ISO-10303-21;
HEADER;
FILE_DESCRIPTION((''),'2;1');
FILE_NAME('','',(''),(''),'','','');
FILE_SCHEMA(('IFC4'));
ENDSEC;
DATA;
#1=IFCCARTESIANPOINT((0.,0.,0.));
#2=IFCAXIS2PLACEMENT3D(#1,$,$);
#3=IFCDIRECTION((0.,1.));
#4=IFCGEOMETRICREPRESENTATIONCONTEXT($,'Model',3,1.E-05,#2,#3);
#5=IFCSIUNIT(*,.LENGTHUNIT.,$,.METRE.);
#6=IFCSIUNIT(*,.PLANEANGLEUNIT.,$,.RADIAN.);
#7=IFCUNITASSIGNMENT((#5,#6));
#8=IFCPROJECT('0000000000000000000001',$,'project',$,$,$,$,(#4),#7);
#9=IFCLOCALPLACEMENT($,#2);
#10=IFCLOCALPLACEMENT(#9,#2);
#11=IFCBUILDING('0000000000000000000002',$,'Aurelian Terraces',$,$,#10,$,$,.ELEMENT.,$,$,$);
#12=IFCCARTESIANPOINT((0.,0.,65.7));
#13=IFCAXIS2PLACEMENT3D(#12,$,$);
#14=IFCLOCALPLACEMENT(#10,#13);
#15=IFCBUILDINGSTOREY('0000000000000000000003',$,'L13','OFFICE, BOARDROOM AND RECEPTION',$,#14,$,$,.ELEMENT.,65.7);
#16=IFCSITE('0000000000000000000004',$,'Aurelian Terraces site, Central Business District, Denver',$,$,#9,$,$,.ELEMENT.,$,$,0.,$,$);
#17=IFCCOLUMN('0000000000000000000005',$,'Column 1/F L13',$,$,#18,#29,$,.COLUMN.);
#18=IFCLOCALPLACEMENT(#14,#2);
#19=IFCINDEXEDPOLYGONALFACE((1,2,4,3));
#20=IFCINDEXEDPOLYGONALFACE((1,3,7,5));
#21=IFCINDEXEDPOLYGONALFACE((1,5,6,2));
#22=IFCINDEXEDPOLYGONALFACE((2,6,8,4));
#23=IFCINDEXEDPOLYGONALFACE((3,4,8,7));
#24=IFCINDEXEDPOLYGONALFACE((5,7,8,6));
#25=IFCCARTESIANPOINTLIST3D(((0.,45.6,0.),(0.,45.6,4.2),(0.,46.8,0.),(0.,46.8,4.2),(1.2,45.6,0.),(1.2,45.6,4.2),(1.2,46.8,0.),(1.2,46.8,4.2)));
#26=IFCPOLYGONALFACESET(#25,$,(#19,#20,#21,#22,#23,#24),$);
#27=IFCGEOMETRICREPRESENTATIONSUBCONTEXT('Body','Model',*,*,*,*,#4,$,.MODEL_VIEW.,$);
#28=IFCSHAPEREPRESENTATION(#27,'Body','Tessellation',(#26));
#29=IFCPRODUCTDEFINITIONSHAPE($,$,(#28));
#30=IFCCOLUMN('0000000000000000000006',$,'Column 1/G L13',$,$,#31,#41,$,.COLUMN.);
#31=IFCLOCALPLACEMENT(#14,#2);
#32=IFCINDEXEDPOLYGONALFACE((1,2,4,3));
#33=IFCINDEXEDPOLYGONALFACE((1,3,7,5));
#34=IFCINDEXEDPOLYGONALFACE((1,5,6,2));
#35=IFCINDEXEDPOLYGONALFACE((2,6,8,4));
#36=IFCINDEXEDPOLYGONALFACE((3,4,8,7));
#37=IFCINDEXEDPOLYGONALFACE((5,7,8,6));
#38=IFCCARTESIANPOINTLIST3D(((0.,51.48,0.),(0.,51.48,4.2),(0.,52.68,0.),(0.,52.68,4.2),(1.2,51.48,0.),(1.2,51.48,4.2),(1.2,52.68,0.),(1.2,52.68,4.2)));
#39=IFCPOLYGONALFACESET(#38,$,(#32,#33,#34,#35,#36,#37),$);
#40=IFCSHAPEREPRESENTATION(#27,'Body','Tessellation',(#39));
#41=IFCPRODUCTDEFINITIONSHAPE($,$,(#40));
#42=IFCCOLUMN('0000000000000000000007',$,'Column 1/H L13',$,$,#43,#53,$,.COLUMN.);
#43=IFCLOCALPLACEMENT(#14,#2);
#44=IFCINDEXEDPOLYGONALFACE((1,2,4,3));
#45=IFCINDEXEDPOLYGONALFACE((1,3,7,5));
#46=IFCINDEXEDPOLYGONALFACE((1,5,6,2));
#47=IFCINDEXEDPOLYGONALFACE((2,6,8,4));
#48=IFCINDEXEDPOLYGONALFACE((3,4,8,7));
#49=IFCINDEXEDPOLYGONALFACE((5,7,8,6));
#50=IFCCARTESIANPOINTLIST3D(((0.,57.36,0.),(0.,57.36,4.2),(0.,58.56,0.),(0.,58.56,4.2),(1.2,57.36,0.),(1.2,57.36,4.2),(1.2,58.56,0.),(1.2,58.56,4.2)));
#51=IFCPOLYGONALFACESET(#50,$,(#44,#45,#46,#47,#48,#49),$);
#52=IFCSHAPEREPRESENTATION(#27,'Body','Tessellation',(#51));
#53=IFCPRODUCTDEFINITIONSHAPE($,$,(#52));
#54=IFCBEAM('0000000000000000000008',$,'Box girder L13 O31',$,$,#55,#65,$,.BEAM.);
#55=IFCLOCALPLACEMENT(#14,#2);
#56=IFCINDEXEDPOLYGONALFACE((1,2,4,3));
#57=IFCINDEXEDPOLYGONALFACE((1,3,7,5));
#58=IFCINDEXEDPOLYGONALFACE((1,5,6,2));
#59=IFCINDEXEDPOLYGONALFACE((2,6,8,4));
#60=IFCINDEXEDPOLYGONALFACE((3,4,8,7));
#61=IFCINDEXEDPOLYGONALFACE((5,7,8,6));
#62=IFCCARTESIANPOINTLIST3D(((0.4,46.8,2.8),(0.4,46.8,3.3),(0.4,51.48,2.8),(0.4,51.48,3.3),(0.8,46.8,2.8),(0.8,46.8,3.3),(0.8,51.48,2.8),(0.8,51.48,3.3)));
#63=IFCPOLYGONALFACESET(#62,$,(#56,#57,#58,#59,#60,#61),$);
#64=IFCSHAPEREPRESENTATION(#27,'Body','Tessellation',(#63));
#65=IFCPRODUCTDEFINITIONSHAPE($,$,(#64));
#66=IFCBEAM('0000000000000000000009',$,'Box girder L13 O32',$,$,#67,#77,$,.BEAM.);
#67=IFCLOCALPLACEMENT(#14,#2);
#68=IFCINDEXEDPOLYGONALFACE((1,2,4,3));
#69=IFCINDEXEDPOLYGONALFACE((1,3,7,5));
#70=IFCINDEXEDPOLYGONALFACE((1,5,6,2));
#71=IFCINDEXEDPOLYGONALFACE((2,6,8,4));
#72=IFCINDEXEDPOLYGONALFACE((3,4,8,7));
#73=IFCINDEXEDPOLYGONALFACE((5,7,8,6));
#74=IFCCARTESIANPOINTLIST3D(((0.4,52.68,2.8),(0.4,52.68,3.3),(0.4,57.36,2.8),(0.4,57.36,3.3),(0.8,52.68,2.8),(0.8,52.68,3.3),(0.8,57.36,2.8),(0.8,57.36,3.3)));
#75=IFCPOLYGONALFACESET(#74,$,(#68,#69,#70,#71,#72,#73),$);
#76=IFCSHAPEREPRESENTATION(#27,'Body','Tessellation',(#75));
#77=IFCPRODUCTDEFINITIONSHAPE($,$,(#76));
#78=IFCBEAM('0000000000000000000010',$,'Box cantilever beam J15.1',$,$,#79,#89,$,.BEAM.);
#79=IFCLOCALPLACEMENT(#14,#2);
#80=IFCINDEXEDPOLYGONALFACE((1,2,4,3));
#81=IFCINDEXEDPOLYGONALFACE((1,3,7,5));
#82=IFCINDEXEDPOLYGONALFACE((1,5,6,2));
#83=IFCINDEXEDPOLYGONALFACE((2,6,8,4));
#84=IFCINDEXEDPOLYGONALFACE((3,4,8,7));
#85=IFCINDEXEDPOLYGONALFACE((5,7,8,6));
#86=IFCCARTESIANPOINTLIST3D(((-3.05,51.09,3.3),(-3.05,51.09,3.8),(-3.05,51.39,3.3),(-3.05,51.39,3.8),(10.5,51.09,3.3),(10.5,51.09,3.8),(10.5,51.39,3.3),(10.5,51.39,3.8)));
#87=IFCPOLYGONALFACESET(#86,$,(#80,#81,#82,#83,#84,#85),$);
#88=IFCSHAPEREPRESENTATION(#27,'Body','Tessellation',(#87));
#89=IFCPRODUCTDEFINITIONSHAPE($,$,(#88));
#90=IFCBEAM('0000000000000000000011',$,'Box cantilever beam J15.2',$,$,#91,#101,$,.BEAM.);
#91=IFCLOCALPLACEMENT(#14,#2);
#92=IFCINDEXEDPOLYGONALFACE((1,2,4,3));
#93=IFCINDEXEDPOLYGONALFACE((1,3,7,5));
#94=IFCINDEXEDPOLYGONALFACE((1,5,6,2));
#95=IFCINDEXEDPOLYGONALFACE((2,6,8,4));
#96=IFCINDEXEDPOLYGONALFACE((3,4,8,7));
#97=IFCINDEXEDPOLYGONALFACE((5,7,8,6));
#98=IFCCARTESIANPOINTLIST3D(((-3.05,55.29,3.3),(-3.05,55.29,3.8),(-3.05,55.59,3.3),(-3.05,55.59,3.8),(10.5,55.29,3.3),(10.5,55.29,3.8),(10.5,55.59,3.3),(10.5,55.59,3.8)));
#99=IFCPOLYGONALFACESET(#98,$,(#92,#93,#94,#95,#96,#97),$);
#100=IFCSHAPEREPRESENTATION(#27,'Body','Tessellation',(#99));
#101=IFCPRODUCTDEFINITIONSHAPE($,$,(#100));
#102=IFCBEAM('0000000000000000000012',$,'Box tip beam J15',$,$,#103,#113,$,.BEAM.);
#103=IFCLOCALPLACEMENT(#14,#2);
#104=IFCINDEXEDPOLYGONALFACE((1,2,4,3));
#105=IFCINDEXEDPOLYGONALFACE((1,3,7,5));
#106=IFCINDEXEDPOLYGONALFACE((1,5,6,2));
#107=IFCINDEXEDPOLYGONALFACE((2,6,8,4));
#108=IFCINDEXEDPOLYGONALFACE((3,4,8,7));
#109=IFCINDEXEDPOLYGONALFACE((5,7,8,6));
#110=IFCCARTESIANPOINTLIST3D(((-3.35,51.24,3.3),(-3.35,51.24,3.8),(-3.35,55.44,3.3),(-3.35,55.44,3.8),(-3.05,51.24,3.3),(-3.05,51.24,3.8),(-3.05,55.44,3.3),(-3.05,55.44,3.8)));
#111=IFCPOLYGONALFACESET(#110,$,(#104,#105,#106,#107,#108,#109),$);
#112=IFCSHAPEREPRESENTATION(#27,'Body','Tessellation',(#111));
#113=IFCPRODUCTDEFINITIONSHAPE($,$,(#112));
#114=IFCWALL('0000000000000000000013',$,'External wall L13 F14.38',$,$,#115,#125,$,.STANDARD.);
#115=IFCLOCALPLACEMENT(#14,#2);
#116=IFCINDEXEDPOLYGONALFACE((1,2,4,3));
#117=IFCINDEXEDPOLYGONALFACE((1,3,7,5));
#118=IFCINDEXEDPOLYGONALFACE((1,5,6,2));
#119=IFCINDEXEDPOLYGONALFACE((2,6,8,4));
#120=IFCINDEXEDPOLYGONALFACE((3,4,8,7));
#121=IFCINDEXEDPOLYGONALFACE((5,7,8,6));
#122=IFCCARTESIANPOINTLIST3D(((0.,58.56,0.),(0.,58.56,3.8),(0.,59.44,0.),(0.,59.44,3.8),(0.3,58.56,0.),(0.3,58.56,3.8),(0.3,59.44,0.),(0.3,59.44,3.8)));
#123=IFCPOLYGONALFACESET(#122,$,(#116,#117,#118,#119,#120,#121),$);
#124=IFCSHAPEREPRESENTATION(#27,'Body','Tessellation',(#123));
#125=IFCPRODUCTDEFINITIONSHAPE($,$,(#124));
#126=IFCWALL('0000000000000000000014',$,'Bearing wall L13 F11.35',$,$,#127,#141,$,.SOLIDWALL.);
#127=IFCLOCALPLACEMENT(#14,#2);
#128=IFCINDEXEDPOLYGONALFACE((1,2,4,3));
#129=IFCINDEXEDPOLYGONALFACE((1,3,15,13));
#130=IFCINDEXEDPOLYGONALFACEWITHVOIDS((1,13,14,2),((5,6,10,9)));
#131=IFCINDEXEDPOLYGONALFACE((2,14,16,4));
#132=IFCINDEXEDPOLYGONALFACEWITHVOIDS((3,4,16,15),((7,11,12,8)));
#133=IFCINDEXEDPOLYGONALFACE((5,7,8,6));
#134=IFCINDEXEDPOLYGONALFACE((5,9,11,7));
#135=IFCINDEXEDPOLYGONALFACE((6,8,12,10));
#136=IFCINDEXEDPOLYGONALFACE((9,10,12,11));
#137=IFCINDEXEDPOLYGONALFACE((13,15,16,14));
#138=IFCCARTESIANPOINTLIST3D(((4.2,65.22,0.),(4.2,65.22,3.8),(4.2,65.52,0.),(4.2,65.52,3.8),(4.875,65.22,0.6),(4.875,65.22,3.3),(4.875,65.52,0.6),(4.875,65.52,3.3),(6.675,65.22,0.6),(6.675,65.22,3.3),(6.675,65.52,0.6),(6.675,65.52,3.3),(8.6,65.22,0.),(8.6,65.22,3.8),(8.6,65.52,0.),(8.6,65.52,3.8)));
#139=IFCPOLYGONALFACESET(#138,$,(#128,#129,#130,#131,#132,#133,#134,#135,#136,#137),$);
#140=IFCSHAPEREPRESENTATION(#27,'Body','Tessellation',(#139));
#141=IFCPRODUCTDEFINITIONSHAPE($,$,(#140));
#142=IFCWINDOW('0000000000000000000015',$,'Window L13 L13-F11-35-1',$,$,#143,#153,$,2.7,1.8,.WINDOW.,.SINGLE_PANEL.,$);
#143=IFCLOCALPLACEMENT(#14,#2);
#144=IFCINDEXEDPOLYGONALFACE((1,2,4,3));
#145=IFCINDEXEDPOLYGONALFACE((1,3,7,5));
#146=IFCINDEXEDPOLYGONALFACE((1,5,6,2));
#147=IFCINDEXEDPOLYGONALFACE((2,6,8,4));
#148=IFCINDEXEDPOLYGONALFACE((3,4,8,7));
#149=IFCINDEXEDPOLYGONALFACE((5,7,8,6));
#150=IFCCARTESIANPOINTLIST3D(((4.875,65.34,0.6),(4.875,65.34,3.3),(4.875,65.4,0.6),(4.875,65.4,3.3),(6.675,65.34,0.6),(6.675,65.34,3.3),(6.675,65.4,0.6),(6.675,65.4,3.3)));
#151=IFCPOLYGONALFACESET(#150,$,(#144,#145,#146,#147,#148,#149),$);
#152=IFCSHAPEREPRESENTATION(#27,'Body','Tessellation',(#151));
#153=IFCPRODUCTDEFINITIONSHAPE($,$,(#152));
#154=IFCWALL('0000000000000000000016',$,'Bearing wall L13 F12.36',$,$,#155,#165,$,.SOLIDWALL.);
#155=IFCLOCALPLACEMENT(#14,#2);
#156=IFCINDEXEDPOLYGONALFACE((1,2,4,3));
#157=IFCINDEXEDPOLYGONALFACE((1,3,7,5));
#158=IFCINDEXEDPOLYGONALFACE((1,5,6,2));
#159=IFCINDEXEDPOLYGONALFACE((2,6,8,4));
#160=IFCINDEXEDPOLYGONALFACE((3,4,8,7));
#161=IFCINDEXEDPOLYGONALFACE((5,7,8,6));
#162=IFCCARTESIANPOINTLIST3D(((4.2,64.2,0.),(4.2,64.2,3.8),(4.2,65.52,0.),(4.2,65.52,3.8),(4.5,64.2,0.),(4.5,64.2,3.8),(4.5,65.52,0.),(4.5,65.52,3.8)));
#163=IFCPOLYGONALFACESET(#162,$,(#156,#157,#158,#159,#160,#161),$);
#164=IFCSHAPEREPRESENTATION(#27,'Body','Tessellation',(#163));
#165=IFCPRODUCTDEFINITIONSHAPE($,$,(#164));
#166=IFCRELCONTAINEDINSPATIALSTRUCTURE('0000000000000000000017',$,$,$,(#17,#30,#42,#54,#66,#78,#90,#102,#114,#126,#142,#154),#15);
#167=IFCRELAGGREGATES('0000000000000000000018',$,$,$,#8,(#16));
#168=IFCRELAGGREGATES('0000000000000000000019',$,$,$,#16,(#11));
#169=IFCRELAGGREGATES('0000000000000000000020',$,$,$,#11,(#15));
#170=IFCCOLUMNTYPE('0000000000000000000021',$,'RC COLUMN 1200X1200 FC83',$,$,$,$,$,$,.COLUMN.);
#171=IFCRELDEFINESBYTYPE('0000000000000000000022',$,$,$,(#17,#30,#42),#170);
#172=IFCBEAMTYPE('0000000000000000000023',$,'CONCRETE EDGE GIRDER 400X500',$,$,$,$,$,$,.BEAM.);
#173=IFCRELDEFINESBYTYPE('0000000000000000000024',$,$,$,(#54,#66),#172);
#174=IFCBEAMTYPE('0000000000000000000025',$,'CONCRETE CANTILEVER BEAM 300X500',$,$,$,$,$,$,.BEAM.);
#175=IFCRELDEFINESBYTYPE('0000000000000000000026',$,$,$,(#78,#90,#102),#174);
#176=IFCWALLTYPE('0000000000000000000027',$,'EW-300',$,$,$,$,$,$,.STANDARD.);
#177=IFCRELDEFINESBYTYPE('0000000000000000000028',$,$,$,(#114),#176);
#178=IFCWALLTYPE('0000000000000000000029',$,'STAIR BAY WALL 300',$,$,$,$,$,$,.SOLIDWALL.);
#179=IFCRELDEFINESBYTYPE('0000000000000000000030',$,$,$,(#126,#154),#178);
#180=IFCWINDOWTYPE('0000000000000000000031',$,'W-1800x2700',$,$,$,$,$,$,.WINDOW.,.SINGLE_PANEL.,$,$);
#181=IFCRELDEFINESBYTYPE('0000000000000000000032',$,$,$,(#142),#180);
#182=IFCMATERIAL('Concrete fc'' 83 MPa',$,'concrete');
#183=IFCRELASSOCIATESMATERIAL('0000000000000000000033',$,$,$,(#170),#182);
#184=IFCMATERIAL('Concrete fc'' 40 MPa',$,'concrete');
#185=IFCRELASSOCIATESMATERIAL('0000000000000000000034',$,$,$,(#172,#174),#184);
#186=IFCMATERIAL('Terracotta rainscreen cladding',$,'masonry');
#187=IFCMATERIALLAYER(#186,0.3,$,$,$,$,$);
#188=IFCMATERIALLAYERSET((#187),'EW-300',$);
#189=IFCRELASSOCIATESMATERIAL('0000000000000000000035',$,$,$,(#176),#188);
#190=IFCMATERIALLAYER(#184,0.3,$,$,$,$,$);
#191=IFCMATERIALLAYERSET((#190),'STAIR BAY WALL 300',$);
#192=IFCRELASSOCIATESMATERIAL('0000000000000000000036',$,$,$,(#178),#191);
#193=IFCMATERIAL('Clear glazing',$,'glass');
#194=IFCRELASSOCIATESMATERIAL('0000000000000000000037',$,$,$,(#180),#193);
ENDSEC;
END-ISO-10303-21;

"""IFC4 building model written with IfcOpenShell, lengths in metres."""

from ifc_helpers import new_model, si_unit, direction, frame, frame_2d, origin, origin_2d, place, context, subcontext, project, spatial, rectangle, extrude, source, transform, mapped, material, layer, layer_set, material_profile, profile_set, type_object, element, fill, save


model = new_model("IFC4")

# Units and contexts
model_context = context("Model", 3, precision=1e-05, world=origin(), true_north=direction((0.0, 1.0)))
body_context = subcontext(model_context, "Body", "Model", "MODEL_VIEW")
ifc_project = project(units=[si_unit("LENGTHUNIT", "METRE"), si_unit("PLANEANGLEUNIT", "RADIAN")], contexts=[model_context])

# Site, building, storey
site_placement = place(None, origin())
site = spatial("IfcSite", under=ifc_project, at=site_placement, Name="Aurelian Terraces site, Central Business District, Denver", CompositionType="ELEMENT", RefElevation=0.0)
building_placement = place(site_placement, origin())
building = spatial("IfcBuilding", under=site, at=building_placement, Name="Aurelian Terraces", CompositionType="ELEMENT")
storey_placement = place(building_placement, frame((0.0, 0.0, 65.7)))
storey = spatial("IfcBuildingStorey", under=building, at=storey_placement, Name="L13", Description="OFFICE, BOARDROOM AND RECEPTION", CompositionType="ELEMENT", Elevation=65.7)

# Columns
ifc_material_1 = material(Name="Concrete fc' 83 MPa", Category="concrete")
ifc_material_profile_1 = material_profile(ifc_material_1, rectangle(XDim=1.2, YDim=1.2, at=origin_2d()))
ifc_profile_set_1 = profile_set([ifc_material_profile_1], Name="Concrete fc' 83 MPa")
column_type = type_object("IfcColumnType", Name="RC COLUMN 1200X1200 FC83", PredefinedType="COLUMN", material=ifc_profile_set_1)
shared_shape_1 = source(origin(), body_context, "Body", "SweptSolid", [
    extrude(rectangle(XDim=1.2, YDim=1.2, at=origin_2d()), origin(), (0.0, 0.0, 1.0), 4.2),
])
for number, where, z_axis, x_axis, name in (
    (1, (0.6, 46.2, 0.0), (0.0, 0.0, 1.0), (1.0, 0.0, 0.0), "Column 1/F L13"),
    (2, (0.6, 52.08, 0.0), (0.0, 0.0, 1.0), (1.0, 0.0, 0.0), "Column 1/G L13"),
    (3, (0.6, 57.96, 0.0), (0.0, 0.0, 1.0), (1.0, 0.0, 0.0), "Column 1/H L13"),
):
    element("IfcColumn", number, at=place(storey_placement, frame(where, z_axis=z_axis, x_axis=x_axis)), inside=storey, type_object=column_type, Name=name, PredefinedType="COLUMN", context=body_context, shape_type="MappedRepresentation", body=[
        mapped(shared_shape_1, transform((0.0, 0.0, 0.0), scale=1.0)),
    ])

# Beams
ifc_material_2 = material(Name="Concrete fc' 40 MPa", Category="concrete")
ifc_material_profile_2 = material_profile(ifc_material_2, rectangle(XDim=0.4, YDim=0.5, at=origin_2d()))
ifc_profile_set_2 = profile_set([ifc_material_profile_2], Name="Concrete fc' 40 MPa")
beam_type_1 = type_object("IfcBeamType", Name="CONCRETE EDGE GIRDER 400X500", PredefinedType="BEAM", material=ifc_profile_set_2)
shared_shape_2 = source(origin(), body_context, "Body", "SweptSolid", [
    extrude(rectangle(XDim=0.4, YDim=0.5, at=origin_2d()), origin(), (0.0, 0.0, 1.0), 4.68),
])
for number, where, z_axis, x_axis, name in (
    (4, (0.6, 46.8, 3.05), (0.0, 1.0, 0.0), (-1.0, 0.0, 0.0), "Box girder L13 O31"),
    (5, (0.6, 52.68, 3.05), (0.0, 1.0, 0.0), (-1.0, 0.0, 0.0), "Box girder L13 O32"),
):
    element("IfcBeam", number, at=place(storey_placement, frame(where, z_axis=z_axis, x_axis=x_axis)), inside=storey, type_object=beam_type_1, Name=name, PredefinedType="BEAM", context=body_context, shape_type="MappedRepresentation", body=[
        mapped(shared_shape_2, transform((0.0, 0.0, 0.0), scale=1.0)),
    ])
ifc_material_profile_3 = material_profile(ifc_material_2, rectangle(XDim=0.3, YDim=0.5, at=origin_2d()))
ifc_profile_set_3 = profile_set([ifc_material_profile_3], Name="Concrete fc' 40 MPa")
beam_type_2 = type_object("IfcBeamType", Name="CONCRETE CANTILEVER BEAM 300X500", PredefinedType="BEAM", material=ifc_profile_set_3)
shared_shape_3 = source(origin(), body_context, "Body", "SweptSolid", [
    extrude(rectangle(XDim=0.3, YDim=0.5, at=origin_2d()), origin(), (0.0, 0.0, 1.0), 13.55),
])
for number, where, z_axis, x_axis, name in (
    (6, (-3.05, 51.24, 3.55), (1.0, 0.0, 0.0), (0.0, 1.0, 0.0), "Box cantilever beam J15.1"),
    (7, (-3.05, 55.44, 3.55), (1.0, 0.0, 0.0), (0.0, 1.0, 0.0), "Box cantilever beam J15.2"),
):
    element("IfcBeam", number, at=place(storey_placement, frame(where, z_axis=z_axis, x_axis=x_axis)), inside=storey, type_object=beam_type_2, Name=name, PredefinedType="BEAM", context=body_context, shape_type="MappedRepresentation", body=[
        mapped(shared_shape_3, transform((0.0, 0.0, 0.0), scale=1.0)),
    ])
shared_shape_4 = source(origin(), body_context, "Body", "SweptSolid", [
    extrude(rectangle(XDim=0.3, YDim=0.5, at=origin_2d()), origin(), (0.0, 0.0, 1.0), 4.2),
])
beam_placement = place(storey_placement, frame((-3.2, 51.24, 3.55), z_axis=(0.0, 1.0, 0.0), x_axis=(-1.0, 0.0, 0.0)))
element("IfcBeam", 8, at=beam_placement, inside=storey, type_object=beam_type_2, Name="Box tip beam J15", PredefinedType="BEAM", context=body_context, shape_type="MappedRepresentation", body=[
    mapped(shared_shape_4, transform((0.0, 0.0, 0.0), scale=1.0)),
])

# Wall
ifc_material_3 = material(Name="Terracotta rainscreen cladding", Category="masonry")
ifc_layer_1 = layer(ifc_material_3, 0.3)
ifc_layer_set_1 = layer_set([ifc_layer_1], Name="EW-300")
wall_type_1 = type_object("IfcWallType", Name="EW-300", PredefinedType="STANDARD", material=ifc_layer_set_1)
wall_1_placement = place(storey_placement, frame((0.15, 59.44, 0.0), z_axis=(0.0, 0.0, 1.0), x_axis=(0.0, -1.0, 0.0)))
element("IfcWall", 9, at=wall_1_placement, inside=storey, type_object=wall_type_1, Name="External wall L13 F14.38", PredefinedType="STANDARD", context=body_context, shape_type="SweptSolid", body=[
    extrude(rectangle(XDim=0.88, YDim=0.3, at=frame_2d((0.44, 0.0))), origin(), (0.0, 0.0, 1.0), 3.8),
])

# Wall, opening, window
ifc_layer_2 = layer(ifc_material_2, 0.3)
ifc_layer_set_2 = layer_set([ifc_layer_2], Name="STAIR BAY WALL 300")
wall_type_2 = type_object("IfcWallType", Name="STAIR BAY WALL 300", PredefinedType="SOLIDWALL", material=ifc_layer_set_2)
wall_2_placement = place(storey_placement, frame((8.6, 65.37, 0.0), z_axis=(0.0, 0.0, 1.0), x_axis=(-1.0, 0.0, 0.0)))
wall_2 = element("IfcWall", 10, at=wall_2_placement, inside=storey, type_object=wall_type_2, Name="Bearing wall L13 F11.35", PredefinedType="SOLIDWALL", context=body_context, shape_type="SweptSolid", body=[
    extrude(rectangle(XDim=4.4, YDim=0.3, at=frame_2d((2.2, 0.0))), origin(), (0.0, 0.0, 1.0), 3.8),
])
shared_shape_5 = source(origin(), body_context, "Body", "SweptSolid", [
    extrude(rectangle(XDim=1.8, YDim=2.7, at=frame_2d((0.9, 1.35))), frame((0.0, 0.16, 0.0), z_axis=(0.0, -1.0, 0.0), x_axis=(1.0, 0.0, 0.0)), (0.0, 0.0, 1.0), 0.32),
])
opening_1_placement = place(wall_2_placement, frame((1.925, 0.0, 0.6)))
opening_1 = element("IfcOpeningElement", 11, at=opening_1_placement, cuts=wall_2, PredefinedType="OPENING", context=body_context, shape_type="MappedRepresentation", body=[
    mapped(shared_shape_5, transform((0.0, 0.0, 0.0), scale=1.0)),
])
ifc_material_4 = material(Name="Clear glazing", Category="glass")
window_type_1 = type_object("IfcWindowType", Name="W-1800x2700", PartitioningType="SINGLE_PANEL", PredefinedType="WINDOW", material=ifc_material_4)
shared_shape_6 = source(origin(), body_context, "Body", "SweptSolid", [
    extrude(rectangle(XDim=1.8, YDim=2.7, at=frame_2d((0.9, 1.35))), frame((0.0, 0.03, 0.0), z_axis=(0.0, -1.0, 0.0), x_axis=(1.0, 0.0, 0.0)), (0.0, 0.0, 1.0), 0.06),
])
window_1_placement = place(opening_1_placement, origin())
window_1 = element("IfcWindow", 12, at=window_1_placement, inside=storey, type_object=window_type_1, Name="Window L13 L13-F11-35-1", OverallHeight=2.7, OverallWidth=1.8, PartitioningType="SINGLE_PANEL", PredefinedType="WINDOW", context=body_context, shape_type="MappedRepresentation", body=[
    mapped(shared_shape_6, transform((0.0, 0.0, 0.0), scale=1.0)),
])
fill(opening_1, window_1)

# Wall
wall_3_placement = place(storey_placement, frame((4.35, 65.52, 0.0), z_axis=(0.0, 0.0, 1.0), x_axis=(0.0, -1.0, 0.0)))
element("IfcWall", 13, at=wall_3_placement, inside=storey, type_object=wall_type_2, Name="Bearing wall L13 F12.36", PredefinedType="SOLIDWALL", context=body_context, shape_type="SweptSolid", body=[
    extrude(rectangle(XDim=1.32, YDim=0.3, at=frame_2d((0.66, 0.0))), origin(), (0.0, 0.0, 1.0), 3.8),
])

save(model, "model.ifc")
